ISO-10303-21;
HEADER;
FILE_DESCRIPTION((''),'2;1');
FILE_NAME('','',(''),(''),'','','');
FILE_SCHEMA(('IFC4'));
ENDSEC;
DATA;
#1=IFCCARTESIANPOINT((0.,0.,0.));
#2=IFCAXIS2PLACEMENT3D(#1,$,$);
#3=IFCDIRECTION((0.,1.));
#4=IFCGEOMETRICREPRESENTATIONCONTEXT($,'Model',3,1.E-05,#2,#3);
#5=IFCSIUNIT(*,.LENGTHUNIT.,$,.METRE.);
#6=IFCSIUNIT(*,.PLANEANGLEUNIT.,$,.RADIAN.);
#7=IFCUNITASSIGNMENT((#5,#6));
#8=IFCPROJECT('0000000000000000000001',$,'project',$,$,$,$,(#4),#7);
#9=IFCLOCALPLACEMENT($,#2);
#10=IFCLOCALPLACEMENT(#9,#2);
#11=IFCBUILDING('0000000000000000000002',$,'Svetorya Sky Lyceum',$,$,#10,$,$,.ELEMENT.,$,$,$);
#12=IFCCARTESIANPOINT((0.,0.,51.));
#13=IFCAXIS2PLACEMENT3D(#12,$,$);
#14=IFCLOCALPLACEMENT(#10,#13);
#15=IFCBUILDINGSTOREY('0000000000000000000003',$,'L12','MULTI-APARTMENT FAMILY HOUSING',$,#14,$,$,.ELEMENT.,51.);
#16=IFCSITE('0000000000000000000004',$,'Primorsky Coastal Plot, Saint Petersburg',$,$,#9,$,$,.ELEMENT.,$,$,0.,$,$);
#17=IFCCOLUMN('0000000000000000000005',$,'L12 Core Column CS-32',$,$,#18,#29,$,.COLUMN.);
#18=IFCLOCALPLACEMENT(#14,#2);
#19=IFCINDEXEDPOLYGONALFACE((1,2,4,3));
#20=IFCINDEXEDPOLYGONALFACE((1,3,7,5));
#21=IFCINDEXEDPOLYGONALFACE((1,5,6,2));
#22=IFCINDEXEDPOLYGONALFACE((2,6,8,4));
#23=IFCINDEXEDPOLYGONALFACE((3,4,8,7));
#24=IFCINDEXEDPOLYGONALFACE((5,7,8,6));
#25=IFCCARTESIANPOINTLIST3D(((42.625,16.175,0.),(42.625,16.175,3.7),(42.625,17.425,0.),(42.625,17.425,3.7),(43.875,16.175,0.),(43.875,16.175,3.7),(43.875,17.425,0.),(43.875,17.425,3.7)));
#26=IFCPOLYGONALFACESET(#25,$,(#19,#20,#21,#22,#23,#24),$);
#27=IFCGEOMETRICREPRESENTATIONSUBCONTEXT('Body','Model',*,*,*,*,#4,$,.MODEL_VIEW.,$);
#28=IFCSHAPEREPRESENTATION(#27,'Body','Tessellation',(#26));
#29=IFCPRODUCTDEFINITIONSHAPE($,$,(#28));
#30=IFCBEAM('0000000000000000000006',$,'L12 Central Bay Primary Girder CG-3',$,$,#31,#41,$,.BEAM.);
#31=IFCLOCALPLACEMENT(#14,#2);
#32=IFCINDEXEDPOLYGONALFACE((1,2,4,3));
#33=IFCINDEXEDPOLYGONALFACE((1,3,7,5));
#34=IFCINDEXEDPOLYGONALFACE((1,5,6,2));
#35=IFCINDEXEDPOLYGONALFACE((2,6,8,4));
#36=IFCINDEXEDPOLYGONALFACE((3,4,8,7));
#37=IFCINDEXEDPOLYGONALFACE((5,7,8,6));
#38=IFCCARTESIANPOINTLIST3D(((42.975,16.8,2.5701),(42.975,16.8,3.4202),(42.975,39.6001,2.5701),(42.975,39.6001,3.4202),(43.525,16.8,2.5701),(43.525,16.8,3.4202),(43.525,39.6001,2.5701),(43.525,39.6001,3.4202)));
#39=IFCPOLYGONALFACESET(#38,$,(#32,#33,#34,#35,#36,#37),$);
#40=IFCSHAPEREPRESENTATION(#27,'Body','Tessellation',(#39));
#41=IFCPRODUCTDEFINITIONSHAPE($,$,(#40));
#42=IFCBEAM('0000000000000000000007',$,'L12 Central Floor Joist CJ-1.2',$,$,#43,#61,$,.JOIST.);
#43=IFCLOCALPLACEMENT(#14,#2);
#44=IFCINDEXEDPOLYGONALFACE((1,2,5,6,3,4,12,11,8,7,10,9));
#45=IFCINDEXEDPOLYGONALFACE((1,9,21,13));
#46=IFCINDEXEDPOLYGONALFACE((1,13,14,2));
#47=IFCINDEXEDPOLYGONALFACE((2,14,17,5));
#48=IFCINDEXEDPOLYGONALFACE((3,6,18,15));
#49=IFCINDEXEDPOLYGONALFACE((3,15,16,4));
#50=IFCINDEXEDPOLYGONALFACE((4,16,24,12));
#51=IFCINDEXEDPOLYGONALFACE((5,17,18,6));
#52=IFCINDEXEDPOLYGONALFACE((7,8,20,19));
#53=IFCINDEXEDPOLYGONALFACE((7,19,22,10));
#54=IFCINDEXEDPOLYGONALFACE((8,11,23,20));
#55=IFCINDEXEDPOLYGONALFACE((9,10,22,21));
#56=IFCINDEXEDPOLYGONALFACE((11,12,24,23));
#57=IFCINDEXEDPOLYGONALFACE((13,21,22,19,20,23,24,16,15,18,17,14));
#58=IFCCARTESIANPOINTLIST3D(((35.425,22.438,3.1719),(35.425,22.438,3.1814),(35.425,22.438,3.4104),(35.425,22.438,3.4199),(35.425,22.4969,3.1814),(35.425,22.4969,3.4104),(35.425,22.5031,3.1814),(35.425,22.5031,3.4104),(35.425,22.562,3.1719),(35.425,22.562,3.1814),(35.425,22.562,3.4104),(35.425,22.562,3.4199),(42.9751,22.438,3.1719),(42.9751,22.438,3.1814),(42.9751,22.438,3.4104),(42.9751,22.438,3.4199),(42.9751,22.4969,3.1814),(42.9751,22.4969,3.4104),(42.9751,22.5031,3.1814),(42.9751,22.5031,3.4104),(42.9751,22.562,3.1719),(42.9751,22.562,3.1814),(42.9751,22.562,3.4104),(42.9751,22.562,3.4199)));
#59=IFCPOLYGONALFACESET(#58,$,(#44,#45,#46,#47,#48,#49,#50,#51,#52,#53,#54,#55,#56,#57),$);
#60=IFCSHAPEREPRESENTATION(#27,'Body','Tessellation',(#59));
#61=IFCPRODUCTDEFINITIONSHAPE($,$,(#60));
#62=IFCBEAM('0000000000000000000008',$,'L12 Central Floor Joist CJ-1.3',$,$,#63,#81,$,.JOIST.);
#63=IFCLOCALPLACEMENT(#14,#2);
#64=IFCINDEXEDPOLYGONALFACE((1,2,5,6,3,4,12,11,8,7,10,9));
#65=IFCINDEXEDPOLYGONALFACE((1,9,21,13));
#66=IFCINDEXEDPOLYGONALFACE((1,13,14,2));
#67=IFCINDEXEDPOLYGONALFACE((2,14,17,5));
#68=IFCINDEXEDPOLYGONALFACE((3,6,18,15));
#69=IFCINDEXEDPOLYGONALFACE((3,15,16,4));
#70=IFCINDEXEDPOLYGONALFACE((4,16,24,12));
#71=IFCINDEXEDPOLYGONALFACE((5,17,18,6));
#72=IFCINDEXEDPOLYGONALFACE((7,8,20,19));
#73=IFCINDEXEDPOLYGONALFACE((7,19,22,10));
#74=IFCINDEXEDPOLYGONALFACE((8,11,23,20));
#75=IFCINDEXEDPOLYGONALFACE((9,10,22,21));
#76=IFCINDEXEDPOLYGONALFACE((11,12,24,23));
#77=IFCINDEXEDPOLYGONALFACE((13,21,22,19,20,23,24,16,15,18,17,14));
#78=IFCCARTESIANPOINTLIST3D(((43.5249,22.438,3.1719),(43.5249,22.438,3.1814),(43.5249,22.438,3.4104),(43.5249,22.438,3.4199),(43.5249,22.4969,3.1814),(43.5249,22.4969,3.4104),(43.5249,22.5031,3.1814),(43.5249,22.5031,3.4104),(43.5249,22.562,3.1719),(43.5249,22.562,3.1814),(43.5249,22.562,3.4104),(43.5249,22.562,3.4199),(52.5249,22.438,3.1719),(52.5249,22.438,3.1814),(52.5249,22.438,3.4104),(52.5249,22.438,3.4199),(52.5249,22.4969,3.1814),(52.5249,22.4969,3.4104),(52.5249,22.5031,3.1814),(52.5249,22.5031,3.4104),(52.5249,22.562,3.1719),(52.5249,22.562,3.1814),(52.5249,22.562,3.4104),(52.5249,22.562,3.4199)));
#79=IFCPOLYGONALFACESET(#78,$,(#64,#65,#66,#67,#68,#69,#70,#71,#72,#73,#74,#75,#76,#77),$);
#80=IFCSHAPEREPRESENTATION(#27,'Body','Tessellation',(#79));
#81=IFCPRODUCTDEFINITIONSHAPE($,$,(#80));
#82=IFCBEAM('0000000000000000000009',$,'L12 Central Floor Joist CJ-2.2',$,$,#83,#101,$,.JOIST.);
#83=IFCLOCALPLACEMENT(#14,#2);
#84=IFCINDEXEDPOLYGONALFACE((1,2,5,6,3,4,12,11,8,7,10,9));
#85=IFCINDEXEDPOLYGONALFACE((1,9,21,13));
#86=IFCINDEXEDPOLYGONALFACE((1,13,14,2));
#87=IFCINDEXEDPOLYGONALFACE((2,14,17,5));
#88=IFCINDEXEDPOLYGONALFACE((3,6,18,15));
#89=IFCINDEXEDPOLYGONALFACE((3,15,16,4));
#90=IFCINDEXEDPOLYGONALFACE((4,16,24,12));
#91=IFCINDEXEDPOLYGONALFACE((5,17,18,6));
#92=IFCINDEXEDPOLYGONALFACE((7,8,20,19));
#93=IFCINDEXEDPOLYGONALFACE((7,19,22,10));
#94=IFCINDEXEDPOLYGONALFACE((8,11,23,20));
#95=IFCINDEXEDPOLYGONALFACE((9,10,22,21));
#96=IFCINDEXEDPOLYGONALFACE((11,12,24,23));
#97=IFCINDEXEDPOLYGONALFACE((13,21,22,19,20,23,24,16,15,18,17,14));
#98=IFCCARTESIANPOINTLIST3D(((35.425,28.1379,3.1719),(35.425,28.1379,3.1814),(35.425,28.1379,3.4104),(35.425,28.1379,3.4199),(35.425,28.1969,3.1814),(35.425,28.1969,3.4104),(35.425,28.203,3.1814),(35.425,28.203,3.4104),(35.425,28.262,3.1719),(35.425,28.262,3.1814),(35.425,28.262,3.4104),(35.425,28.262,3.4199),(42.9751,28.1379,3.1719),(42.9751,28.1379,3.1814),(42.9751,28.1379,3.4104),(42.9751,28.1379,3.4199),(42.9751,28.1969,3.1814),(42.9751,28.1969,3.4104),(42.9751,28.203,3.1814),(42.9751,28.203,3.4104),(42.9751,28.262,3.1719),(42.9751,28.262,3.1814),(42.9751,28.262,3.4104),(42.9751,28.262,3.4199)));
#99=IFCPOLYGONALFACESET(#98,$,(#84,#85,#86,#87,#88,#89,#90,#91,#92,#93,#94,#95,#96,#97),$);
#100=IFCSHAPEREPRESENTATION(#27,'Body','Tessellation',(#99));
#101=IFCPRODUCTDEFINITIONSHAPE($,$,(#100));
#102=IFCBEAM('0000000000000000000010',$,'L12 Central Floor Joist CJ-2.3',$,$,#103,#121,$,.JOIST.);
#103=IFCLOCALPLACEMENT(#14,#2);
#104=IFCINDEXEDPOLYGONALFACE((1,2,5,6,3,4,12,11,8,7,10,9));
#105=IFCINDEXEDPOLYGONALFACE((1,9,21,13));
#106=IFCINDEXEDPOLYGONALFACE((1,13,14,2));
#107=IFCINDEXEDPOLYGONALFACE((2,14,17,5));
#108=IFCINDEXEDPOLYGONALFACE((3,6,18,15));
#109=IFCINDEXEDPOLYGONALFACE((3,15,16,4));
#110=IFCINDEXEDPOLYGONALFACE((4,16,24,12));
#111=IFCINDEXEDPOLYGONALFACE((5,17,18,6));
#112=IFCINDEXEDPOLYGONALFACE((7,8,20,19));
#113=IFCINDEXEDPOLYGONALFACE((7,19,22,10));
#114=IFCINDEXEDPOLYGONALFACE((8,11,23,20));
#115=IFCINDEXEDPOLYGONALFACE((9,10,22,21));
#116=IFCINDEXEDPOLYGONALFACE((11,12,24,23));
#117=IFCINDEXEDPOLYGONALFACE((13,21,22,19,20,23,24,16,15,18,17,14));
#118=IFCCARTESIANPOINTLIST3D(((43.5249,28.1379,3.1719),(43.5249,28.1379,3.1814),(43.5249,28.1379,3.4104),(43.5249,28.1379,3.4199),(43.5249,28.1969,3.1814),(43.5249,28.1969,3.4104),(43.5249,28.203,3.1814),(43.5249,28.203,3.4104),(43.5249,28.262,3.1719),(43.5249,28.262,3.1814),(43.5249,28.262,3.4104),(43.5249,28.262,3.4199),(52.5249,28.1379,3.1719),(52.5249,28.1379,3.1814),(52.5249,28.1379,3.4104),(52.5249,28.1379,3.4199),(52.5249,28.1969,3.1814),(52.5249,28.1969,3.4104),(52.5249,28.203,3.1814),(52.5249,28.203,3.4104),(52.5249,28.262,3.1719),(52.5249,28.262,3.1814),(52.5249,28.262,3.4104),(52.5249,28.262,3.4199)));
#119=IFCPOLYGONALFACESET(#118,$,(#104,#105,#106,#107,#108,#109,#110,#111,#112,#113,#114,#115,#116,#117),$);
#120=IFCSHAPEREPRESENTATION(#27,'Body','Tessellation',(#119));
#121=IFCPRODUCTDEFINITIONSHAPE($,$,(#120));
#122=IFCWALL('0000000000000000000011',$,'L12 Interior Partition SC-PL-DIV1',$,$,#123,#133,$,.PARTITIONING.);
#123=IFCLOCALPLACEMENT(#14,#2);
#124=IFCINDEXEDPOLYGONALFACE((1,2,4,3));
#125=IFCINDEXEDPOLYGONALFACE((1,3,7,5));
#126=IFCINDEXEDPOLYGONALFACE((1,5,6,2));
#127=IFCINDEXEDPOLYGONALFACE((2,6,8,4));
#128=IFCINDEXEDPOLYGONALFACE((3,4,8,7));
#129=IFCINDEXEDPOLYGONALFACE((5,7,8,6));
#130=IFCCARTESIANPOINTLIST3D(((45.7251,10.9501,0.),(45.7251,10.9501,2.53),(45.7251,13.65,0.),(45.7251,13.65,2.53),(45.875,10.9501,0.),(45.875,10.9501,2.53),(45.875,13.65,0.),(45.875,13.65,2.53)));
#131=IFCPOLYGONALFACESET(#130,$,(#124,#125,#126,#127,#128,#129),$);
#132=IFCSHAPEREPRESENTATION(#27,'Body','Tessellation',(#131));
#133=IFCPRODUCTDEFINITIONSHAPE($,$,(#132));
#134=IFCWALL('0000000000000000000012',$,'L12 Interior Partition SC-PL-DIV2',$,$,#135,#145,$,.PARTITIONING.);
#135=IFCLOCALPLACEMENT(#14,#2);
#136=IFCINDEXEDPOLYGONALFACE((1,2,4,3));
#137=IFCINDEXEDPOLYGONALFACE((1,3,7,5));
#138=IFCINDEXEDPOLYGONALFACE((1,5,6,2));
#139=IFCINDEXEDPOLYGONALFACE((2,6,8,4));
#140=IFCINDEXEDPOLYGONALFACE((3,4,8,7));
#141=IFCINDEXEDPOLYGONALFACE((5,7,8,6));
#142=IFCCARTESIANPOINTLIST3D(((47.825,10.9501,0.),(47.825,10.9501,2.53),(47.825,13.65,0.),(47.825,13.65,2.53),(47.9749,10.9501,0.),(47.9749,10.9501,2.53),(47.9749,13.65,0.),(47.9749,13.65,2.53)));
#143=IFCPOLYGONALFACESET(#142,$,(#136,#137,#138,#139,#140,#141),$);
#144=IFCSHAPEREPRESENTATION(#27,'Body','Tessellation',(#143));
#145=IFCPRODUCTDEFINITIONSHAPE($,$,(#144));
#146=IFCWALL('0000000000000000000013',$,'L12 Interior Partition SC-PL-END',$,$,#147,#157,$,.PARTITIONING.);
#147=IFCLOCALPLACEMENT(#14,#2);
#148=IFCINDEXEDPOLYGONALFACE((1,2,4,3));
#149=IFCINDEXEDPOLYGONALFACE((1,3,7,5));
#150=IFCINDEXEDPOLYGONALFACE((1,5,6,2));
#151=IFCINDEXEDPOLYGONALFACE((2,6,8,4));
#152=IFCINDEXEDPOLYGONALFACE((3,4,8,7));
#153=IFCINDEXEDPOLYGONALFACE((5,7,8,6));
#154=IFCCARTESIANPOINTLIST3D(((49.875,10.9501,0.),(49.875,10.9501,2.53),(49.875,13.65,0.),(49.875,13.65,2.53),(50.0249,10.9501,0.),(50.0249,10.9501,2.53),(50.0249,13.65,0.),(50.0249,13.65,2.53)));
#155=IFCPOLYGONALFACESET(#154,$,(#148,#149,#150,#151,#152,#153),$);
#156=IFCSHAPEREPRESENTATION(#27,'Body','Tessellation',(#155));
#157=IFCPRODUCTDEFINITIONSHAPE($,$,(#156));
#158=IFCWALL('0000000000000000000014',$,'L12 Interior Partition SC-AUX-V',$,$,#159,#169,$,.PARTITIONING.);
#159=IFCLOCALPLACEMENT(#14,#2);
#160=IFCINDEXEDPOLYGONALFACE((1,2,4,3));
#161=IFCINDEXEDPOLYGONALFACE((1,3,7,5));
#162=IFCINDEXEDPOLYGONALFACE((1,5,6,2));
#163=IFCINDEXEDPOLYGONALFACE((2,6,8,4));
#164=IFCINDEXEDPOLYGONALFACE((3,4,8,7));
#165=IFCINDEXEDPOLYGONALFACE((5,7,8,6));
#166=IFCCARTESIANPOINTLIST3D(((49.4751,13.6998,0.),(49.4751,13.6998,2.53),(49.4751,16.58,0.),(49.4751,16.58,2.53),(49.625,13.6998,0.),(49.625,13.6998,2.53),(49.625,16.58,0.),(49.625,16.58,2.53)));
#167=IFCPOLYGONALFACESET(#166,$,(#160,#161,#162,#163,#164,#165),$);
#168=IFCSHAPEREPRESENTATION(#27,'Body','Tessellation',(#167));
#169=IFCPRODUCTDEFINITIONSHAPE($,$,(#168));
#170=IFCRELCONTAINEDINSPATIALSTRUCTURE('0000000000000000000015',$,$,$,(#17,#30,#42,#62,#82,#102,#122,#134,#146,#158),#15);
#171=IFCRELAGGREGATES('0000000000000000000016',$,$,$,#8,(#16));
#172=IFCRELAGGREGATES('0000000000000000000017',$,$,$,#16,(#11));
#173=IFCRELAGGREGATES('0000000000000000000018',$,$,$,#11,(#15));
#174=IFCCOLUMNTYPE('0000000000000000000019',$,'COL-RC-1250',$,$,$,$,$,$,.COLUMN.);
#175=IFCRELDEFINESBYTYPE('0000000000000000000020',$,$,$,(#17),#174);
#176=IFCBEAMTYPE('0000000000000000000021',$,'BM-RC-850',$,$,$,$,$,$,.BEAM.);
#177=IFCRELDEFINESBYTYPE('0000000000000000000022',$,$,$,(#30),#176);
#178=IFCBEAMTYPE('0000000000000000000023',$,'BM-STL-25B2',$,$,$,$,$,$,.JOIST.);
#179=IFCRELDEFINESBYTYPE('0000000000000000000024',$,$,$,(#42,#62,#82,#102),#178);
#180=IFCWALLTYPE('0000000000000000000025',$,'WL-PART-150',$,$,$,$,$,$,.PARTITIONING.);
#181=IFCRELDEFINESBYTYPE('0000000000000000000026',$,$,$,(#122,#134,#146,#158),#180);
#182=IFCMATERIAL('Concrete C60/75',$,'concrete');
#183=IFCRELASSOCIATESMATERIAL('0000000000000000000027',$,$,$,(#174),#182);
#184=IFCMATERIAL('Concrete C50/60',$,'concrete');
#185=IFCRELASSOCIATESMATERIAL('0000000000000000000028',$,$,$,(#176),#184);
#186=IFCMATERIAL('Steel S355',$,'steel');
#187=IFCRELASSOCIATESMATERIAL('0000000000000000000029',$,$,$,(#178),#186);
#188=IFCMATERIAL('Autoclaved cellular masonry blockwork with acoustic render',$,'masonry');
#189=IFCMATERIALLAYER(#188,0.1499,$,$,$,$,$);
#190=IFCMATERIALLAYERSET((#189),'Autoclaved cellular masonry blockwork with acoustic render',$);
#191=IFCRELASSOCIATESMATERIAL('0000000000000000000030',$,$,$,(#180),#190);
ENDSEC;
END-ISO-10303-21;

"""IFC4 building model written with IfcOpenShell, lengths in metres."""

from ifc_helpers import new_model, si_unit, direction, frame, frame_2d, origin, origin_2d, place, context, subcontext, project, spatial, rectangle, i_section, extrude, material, layer, layer_set, material_profile, profile_set, type_object, element, save


model = new_model("IFC4")

# Units and contexts
model_context = context("Model", 3, precision=1e-05, world=origin(), true_north=direction((0.0, 1.0)))
body_context = subcontext(model_context, "Body", "Model", "MODEL_VIEW")
ifc_project = project(units=[si_unit("LENGTHUNIT", "METRE"), si_unit("PLANEANGLEUNIT", "RADIAN")], contexts=[model_context])

# Site, building, storey
site_placement = place(None, origin())
site = spatial("IfcSite", under=ifc_project, at=site_placement, Name="Primorsky Coastal Plot, Saint Petersburg", CompositionType="ELEMENT", RefElevation=0.0)
building_placement = place(site_placement, origin())
building = spatial("IfcBuilding", under=site, at=building_placement, Name="Svetorya Sky Lyceum", CompositionType="ELEMENT")
storey_placement = place(building_placement, frame((0.0, 0.0, 51.0)))
storey = spatial("IfcBuildingStorey", under=building, at=storey_placement, Name="L12", Description="MULTI-APARTMENT FAMILY HOUSING", CompositionType="ELEMENT", Elevation=51.0)

# Column
ifc_material_1 = material(Name="Concrete C60/75", Category="concrete")
ifc_material_profile_1 = material_profile(ifc_material_1, rectangle(XDim=1.25, YDim=1.25, at=origin_2d()), Name="RC COL 1250x1250")
ifc_profile_set_1 = profile_set([ifc_material_profile_1], Name="Concrete C60/75")
column_type = type_object("IfcColumnType", Name="COL-RC-1250", PredefinedType="COLUMN", material=ifc_profile_set_1)
column_placement = place(storey_placement, frame((43.25, 16.8, 0.0), z_axis=(0.0, 0.0, 1.0), x_axis=(1.0, 0.0, 0.0)))
element("IfcColumn", 1, at=column_placement, inside=storey, type_object=column_type, Name="L12 Core Column CS-32", PredefinedType="COLUMN", context=body_context, shape_type="SweptSolid", body=[
    extrude(rectangle(XDim=1.25, YDim=1.25, at=origin_2d()), origin(), (0.0, 0.0, 1.0), 3.7),
])

# Beams
ifc_material_2 = material(Name="Concrete C50/60", Category="concrete")
ifc_material_profile_2 = material_profile(ifc_material_2, rectangle(XDim=0.55, YDim=0.8501, at=origin_2d()), Name="RC BEAM 550x850")
ifc_profile_set_2 = profile_set([ifc_material_profile_2], Name="Concrete C50/60")
beam_type_1 = type_object("IfcBeamType", Name="BM-RC-850", PredefinedType="BEAM", material=ifc_profile_set_2)
beam_1_placement = place(storey_placement, frame((43.25, 16.8, 2.9951), z_axis=(0.0, 1.0, 0.0), x_axis=(-1.0, 0.0, 0.0)))
element("IfcBeam", 2, at=beam_1_placement, inside=storey, type_object=beam_type_1, Name="L12 Central Bay Primary Girder CG-3", PredefinedType="BEAM", context=body_context, shape_type="SweptSolid", body=[
    extrude(rectangle(XDim=0.55, YDim=0.8501, at=origin_2d()), origin(), (0.0, 0.0, 1.0), 22.8),
])
ifc_material_3 = material(Name="Steel S355", Category="steel")
ifc_material_profile_3 = material_profile(ifc_material_3, i_section(OverallWidth=0.124, OverallDepth=0.248, WebThickness=0.0061, FlangeThickness=0.0095, at=origin_2d()), Name="GOST 25B2")
ifc_profile_set_3 = profile_set([ifc_material_profile_3], Name="Steel S355")
beam_type_2 = type_object("IfcBeamType", Name="BM-STL-25B2", PredefinedType="JOIST", material=ifc_profile_set_3)
beam_2_placement = place(storey_placement, frame((35.425, 22.5, 3.2959), z_axis=(1.0, 0.0, 0.0), x_axis=(0.0, 1.0, 0.0)))
element("IfcBeam", 3, at=beam_2_placement, inside=storey, type_object=beam_type_2, Name="L12 Central Floor Joist CJ-1.2", PredefinedType="JOIST", context=body_context, shape_type="SweptSolid", body=[
    extrude(i_section(OverallWidth=0.124, OverallDepth=0.248, WebThickness=0.0061, FlangeThickness=0.0095, at=origin_2d()), origin(), (0.0, 0.0, 1.0), 7.55),
])
beam_3_placement = place(storey_placement, frame((43.5249, 22.5, 3.2959), z_axis=(1.0, 0.0, 0.0), x_axis=(0.0, 1.0, 0.0)))
element("IfcBeam", 4, at=beam_3_placement, inside=storey, type_object=beam_type_2, Name="L12 Central Floor Joist CJ-1.3", PredefinedType="JOIST", context=body_context, shape_type="SweptSolid", body=[
    extrude(i_section(OverallWidth=0.124, OverallDepth=0.248, WebThickness=0.0061, FlangeThickness=0.0095, at=origin_2d()), origin(), (0.0, 0.0, 1.0), 9.0),
])
beam_4_placement = place(storey_placement, frame((35.425, 28.2, 3.2959), z_axis=(1.0, 0.0, 0.0), x_axis=(0.0, 1.0, 0.0)))
element("IfcBeam", 5, at=beam_4_placement, inside=storey, type_object=beam_type_2, Name="L12 Central Floor Joist CJ-2.2", PredefinedType="JOIST", context=body_context, shape_type="SweptSolid", body=[
    extrude(i_section(OverallWidth=0.124, OverallDepth=0.248, WebThickness=0.0061, FlangeThickness=0.0095, at=origin_2d()), origin(), (0.0, 0.0, 1.0), 7.55),
])
beam_5_placement = place(storey_placement, frame((43.5249, 28.2, 3.2959), z_axis=(1.0, 0.0, 0.0), x_axis=(0.0, 1.0, 0.0)))
element("IfcBeam", 6, at=beam_5_placement, inside=storey, type_object=beam_type_2, Name="L12 Central Floor Joist CJ-2.3", PredefinedType="JOIST", context=body_context, shape_type="SweptSolid", body=[
    extrude(i_section(OverallWidth=0.124, OverallDepth=0.248, WebThickness=0.0061, FlangeThickness=0.0095, at=origin_2d()), origin(), (0.0, 0.0, 1.0), 9.0),
])

# Walls
ifc_material_4 = material(Name="Autoclaved cellular masonry blockwork with acoustic render", Category="masonry")
ifc_layer_1 = layer(ifc_material_4, 0.1499)
ifc_layer_set_1 = layer_set([ifc_layer_1], Name="Autoclaved cellular masonry blockwork with acoustic render")
wall_type_1 = type_object("IfcWallType", Name="WL-PART-150", PredefinedType="PARTITIONING", material=ifc_layer_set_1)
for number, where, z_axis, x_axis, name in (
    (7, (45.8, 10.95, 0.0), (0.0, 0.0, 1.0), (0.0, 1.0, 0.0), "L12 Interior Partition SC-PL-DIV1"),
    (8, (47.8999, 10.95, 0.0), (0.0, 0.0, 1.0), (0.0, 1.0, 0.0), "L12 Interior Partition SC-PL-DIV2"),
    (9, (49.95, 10.95, 0.0), (0.0, 0.0, 1.0), (0.0, 1.0, 0.0), "L12 Interior Partition SC-PL-END"),
):
    element("IfcWall", number, at=place(storey_placement, frame(where, z_axis=z_axis, x_axis=x_axis)), inside=storey, type_object=wall_type_1, Name=name, PredefinedType="PARTITIONING", context=body_context, shape_type="SweptSolid", body=[
        extrude(rectangle(XDim=2.7, YDim=0.1499, at=frame_2d((1.3501, 0.0))), origin(), (0.0, 0.0, 1.0), 2.53),
    ])
wall_1_placement = place(storey_placement, frame((49.55, 13.7, 0.0), z_axis=(0.0, 0.0, 1.0), x_axis=(0.0, 1.0, 0.0)))
element("IfcWall", 10, at=wall_1_placement, inside=storey, type_object=wall_type_1, Name="L12 Interior Partition SC-AUX-V", PredefinedType="PARTITIONING", context=body_context, shape_type="SweptSolid", body=[
    extrude(rectangle(XDim=2.8801, YDim=0.1499, at=frame_2d((1.4399, 0.0))), origin(), (0.0, 0.0, 1.0), 2.53),
])

save(model, "model.ifc")
